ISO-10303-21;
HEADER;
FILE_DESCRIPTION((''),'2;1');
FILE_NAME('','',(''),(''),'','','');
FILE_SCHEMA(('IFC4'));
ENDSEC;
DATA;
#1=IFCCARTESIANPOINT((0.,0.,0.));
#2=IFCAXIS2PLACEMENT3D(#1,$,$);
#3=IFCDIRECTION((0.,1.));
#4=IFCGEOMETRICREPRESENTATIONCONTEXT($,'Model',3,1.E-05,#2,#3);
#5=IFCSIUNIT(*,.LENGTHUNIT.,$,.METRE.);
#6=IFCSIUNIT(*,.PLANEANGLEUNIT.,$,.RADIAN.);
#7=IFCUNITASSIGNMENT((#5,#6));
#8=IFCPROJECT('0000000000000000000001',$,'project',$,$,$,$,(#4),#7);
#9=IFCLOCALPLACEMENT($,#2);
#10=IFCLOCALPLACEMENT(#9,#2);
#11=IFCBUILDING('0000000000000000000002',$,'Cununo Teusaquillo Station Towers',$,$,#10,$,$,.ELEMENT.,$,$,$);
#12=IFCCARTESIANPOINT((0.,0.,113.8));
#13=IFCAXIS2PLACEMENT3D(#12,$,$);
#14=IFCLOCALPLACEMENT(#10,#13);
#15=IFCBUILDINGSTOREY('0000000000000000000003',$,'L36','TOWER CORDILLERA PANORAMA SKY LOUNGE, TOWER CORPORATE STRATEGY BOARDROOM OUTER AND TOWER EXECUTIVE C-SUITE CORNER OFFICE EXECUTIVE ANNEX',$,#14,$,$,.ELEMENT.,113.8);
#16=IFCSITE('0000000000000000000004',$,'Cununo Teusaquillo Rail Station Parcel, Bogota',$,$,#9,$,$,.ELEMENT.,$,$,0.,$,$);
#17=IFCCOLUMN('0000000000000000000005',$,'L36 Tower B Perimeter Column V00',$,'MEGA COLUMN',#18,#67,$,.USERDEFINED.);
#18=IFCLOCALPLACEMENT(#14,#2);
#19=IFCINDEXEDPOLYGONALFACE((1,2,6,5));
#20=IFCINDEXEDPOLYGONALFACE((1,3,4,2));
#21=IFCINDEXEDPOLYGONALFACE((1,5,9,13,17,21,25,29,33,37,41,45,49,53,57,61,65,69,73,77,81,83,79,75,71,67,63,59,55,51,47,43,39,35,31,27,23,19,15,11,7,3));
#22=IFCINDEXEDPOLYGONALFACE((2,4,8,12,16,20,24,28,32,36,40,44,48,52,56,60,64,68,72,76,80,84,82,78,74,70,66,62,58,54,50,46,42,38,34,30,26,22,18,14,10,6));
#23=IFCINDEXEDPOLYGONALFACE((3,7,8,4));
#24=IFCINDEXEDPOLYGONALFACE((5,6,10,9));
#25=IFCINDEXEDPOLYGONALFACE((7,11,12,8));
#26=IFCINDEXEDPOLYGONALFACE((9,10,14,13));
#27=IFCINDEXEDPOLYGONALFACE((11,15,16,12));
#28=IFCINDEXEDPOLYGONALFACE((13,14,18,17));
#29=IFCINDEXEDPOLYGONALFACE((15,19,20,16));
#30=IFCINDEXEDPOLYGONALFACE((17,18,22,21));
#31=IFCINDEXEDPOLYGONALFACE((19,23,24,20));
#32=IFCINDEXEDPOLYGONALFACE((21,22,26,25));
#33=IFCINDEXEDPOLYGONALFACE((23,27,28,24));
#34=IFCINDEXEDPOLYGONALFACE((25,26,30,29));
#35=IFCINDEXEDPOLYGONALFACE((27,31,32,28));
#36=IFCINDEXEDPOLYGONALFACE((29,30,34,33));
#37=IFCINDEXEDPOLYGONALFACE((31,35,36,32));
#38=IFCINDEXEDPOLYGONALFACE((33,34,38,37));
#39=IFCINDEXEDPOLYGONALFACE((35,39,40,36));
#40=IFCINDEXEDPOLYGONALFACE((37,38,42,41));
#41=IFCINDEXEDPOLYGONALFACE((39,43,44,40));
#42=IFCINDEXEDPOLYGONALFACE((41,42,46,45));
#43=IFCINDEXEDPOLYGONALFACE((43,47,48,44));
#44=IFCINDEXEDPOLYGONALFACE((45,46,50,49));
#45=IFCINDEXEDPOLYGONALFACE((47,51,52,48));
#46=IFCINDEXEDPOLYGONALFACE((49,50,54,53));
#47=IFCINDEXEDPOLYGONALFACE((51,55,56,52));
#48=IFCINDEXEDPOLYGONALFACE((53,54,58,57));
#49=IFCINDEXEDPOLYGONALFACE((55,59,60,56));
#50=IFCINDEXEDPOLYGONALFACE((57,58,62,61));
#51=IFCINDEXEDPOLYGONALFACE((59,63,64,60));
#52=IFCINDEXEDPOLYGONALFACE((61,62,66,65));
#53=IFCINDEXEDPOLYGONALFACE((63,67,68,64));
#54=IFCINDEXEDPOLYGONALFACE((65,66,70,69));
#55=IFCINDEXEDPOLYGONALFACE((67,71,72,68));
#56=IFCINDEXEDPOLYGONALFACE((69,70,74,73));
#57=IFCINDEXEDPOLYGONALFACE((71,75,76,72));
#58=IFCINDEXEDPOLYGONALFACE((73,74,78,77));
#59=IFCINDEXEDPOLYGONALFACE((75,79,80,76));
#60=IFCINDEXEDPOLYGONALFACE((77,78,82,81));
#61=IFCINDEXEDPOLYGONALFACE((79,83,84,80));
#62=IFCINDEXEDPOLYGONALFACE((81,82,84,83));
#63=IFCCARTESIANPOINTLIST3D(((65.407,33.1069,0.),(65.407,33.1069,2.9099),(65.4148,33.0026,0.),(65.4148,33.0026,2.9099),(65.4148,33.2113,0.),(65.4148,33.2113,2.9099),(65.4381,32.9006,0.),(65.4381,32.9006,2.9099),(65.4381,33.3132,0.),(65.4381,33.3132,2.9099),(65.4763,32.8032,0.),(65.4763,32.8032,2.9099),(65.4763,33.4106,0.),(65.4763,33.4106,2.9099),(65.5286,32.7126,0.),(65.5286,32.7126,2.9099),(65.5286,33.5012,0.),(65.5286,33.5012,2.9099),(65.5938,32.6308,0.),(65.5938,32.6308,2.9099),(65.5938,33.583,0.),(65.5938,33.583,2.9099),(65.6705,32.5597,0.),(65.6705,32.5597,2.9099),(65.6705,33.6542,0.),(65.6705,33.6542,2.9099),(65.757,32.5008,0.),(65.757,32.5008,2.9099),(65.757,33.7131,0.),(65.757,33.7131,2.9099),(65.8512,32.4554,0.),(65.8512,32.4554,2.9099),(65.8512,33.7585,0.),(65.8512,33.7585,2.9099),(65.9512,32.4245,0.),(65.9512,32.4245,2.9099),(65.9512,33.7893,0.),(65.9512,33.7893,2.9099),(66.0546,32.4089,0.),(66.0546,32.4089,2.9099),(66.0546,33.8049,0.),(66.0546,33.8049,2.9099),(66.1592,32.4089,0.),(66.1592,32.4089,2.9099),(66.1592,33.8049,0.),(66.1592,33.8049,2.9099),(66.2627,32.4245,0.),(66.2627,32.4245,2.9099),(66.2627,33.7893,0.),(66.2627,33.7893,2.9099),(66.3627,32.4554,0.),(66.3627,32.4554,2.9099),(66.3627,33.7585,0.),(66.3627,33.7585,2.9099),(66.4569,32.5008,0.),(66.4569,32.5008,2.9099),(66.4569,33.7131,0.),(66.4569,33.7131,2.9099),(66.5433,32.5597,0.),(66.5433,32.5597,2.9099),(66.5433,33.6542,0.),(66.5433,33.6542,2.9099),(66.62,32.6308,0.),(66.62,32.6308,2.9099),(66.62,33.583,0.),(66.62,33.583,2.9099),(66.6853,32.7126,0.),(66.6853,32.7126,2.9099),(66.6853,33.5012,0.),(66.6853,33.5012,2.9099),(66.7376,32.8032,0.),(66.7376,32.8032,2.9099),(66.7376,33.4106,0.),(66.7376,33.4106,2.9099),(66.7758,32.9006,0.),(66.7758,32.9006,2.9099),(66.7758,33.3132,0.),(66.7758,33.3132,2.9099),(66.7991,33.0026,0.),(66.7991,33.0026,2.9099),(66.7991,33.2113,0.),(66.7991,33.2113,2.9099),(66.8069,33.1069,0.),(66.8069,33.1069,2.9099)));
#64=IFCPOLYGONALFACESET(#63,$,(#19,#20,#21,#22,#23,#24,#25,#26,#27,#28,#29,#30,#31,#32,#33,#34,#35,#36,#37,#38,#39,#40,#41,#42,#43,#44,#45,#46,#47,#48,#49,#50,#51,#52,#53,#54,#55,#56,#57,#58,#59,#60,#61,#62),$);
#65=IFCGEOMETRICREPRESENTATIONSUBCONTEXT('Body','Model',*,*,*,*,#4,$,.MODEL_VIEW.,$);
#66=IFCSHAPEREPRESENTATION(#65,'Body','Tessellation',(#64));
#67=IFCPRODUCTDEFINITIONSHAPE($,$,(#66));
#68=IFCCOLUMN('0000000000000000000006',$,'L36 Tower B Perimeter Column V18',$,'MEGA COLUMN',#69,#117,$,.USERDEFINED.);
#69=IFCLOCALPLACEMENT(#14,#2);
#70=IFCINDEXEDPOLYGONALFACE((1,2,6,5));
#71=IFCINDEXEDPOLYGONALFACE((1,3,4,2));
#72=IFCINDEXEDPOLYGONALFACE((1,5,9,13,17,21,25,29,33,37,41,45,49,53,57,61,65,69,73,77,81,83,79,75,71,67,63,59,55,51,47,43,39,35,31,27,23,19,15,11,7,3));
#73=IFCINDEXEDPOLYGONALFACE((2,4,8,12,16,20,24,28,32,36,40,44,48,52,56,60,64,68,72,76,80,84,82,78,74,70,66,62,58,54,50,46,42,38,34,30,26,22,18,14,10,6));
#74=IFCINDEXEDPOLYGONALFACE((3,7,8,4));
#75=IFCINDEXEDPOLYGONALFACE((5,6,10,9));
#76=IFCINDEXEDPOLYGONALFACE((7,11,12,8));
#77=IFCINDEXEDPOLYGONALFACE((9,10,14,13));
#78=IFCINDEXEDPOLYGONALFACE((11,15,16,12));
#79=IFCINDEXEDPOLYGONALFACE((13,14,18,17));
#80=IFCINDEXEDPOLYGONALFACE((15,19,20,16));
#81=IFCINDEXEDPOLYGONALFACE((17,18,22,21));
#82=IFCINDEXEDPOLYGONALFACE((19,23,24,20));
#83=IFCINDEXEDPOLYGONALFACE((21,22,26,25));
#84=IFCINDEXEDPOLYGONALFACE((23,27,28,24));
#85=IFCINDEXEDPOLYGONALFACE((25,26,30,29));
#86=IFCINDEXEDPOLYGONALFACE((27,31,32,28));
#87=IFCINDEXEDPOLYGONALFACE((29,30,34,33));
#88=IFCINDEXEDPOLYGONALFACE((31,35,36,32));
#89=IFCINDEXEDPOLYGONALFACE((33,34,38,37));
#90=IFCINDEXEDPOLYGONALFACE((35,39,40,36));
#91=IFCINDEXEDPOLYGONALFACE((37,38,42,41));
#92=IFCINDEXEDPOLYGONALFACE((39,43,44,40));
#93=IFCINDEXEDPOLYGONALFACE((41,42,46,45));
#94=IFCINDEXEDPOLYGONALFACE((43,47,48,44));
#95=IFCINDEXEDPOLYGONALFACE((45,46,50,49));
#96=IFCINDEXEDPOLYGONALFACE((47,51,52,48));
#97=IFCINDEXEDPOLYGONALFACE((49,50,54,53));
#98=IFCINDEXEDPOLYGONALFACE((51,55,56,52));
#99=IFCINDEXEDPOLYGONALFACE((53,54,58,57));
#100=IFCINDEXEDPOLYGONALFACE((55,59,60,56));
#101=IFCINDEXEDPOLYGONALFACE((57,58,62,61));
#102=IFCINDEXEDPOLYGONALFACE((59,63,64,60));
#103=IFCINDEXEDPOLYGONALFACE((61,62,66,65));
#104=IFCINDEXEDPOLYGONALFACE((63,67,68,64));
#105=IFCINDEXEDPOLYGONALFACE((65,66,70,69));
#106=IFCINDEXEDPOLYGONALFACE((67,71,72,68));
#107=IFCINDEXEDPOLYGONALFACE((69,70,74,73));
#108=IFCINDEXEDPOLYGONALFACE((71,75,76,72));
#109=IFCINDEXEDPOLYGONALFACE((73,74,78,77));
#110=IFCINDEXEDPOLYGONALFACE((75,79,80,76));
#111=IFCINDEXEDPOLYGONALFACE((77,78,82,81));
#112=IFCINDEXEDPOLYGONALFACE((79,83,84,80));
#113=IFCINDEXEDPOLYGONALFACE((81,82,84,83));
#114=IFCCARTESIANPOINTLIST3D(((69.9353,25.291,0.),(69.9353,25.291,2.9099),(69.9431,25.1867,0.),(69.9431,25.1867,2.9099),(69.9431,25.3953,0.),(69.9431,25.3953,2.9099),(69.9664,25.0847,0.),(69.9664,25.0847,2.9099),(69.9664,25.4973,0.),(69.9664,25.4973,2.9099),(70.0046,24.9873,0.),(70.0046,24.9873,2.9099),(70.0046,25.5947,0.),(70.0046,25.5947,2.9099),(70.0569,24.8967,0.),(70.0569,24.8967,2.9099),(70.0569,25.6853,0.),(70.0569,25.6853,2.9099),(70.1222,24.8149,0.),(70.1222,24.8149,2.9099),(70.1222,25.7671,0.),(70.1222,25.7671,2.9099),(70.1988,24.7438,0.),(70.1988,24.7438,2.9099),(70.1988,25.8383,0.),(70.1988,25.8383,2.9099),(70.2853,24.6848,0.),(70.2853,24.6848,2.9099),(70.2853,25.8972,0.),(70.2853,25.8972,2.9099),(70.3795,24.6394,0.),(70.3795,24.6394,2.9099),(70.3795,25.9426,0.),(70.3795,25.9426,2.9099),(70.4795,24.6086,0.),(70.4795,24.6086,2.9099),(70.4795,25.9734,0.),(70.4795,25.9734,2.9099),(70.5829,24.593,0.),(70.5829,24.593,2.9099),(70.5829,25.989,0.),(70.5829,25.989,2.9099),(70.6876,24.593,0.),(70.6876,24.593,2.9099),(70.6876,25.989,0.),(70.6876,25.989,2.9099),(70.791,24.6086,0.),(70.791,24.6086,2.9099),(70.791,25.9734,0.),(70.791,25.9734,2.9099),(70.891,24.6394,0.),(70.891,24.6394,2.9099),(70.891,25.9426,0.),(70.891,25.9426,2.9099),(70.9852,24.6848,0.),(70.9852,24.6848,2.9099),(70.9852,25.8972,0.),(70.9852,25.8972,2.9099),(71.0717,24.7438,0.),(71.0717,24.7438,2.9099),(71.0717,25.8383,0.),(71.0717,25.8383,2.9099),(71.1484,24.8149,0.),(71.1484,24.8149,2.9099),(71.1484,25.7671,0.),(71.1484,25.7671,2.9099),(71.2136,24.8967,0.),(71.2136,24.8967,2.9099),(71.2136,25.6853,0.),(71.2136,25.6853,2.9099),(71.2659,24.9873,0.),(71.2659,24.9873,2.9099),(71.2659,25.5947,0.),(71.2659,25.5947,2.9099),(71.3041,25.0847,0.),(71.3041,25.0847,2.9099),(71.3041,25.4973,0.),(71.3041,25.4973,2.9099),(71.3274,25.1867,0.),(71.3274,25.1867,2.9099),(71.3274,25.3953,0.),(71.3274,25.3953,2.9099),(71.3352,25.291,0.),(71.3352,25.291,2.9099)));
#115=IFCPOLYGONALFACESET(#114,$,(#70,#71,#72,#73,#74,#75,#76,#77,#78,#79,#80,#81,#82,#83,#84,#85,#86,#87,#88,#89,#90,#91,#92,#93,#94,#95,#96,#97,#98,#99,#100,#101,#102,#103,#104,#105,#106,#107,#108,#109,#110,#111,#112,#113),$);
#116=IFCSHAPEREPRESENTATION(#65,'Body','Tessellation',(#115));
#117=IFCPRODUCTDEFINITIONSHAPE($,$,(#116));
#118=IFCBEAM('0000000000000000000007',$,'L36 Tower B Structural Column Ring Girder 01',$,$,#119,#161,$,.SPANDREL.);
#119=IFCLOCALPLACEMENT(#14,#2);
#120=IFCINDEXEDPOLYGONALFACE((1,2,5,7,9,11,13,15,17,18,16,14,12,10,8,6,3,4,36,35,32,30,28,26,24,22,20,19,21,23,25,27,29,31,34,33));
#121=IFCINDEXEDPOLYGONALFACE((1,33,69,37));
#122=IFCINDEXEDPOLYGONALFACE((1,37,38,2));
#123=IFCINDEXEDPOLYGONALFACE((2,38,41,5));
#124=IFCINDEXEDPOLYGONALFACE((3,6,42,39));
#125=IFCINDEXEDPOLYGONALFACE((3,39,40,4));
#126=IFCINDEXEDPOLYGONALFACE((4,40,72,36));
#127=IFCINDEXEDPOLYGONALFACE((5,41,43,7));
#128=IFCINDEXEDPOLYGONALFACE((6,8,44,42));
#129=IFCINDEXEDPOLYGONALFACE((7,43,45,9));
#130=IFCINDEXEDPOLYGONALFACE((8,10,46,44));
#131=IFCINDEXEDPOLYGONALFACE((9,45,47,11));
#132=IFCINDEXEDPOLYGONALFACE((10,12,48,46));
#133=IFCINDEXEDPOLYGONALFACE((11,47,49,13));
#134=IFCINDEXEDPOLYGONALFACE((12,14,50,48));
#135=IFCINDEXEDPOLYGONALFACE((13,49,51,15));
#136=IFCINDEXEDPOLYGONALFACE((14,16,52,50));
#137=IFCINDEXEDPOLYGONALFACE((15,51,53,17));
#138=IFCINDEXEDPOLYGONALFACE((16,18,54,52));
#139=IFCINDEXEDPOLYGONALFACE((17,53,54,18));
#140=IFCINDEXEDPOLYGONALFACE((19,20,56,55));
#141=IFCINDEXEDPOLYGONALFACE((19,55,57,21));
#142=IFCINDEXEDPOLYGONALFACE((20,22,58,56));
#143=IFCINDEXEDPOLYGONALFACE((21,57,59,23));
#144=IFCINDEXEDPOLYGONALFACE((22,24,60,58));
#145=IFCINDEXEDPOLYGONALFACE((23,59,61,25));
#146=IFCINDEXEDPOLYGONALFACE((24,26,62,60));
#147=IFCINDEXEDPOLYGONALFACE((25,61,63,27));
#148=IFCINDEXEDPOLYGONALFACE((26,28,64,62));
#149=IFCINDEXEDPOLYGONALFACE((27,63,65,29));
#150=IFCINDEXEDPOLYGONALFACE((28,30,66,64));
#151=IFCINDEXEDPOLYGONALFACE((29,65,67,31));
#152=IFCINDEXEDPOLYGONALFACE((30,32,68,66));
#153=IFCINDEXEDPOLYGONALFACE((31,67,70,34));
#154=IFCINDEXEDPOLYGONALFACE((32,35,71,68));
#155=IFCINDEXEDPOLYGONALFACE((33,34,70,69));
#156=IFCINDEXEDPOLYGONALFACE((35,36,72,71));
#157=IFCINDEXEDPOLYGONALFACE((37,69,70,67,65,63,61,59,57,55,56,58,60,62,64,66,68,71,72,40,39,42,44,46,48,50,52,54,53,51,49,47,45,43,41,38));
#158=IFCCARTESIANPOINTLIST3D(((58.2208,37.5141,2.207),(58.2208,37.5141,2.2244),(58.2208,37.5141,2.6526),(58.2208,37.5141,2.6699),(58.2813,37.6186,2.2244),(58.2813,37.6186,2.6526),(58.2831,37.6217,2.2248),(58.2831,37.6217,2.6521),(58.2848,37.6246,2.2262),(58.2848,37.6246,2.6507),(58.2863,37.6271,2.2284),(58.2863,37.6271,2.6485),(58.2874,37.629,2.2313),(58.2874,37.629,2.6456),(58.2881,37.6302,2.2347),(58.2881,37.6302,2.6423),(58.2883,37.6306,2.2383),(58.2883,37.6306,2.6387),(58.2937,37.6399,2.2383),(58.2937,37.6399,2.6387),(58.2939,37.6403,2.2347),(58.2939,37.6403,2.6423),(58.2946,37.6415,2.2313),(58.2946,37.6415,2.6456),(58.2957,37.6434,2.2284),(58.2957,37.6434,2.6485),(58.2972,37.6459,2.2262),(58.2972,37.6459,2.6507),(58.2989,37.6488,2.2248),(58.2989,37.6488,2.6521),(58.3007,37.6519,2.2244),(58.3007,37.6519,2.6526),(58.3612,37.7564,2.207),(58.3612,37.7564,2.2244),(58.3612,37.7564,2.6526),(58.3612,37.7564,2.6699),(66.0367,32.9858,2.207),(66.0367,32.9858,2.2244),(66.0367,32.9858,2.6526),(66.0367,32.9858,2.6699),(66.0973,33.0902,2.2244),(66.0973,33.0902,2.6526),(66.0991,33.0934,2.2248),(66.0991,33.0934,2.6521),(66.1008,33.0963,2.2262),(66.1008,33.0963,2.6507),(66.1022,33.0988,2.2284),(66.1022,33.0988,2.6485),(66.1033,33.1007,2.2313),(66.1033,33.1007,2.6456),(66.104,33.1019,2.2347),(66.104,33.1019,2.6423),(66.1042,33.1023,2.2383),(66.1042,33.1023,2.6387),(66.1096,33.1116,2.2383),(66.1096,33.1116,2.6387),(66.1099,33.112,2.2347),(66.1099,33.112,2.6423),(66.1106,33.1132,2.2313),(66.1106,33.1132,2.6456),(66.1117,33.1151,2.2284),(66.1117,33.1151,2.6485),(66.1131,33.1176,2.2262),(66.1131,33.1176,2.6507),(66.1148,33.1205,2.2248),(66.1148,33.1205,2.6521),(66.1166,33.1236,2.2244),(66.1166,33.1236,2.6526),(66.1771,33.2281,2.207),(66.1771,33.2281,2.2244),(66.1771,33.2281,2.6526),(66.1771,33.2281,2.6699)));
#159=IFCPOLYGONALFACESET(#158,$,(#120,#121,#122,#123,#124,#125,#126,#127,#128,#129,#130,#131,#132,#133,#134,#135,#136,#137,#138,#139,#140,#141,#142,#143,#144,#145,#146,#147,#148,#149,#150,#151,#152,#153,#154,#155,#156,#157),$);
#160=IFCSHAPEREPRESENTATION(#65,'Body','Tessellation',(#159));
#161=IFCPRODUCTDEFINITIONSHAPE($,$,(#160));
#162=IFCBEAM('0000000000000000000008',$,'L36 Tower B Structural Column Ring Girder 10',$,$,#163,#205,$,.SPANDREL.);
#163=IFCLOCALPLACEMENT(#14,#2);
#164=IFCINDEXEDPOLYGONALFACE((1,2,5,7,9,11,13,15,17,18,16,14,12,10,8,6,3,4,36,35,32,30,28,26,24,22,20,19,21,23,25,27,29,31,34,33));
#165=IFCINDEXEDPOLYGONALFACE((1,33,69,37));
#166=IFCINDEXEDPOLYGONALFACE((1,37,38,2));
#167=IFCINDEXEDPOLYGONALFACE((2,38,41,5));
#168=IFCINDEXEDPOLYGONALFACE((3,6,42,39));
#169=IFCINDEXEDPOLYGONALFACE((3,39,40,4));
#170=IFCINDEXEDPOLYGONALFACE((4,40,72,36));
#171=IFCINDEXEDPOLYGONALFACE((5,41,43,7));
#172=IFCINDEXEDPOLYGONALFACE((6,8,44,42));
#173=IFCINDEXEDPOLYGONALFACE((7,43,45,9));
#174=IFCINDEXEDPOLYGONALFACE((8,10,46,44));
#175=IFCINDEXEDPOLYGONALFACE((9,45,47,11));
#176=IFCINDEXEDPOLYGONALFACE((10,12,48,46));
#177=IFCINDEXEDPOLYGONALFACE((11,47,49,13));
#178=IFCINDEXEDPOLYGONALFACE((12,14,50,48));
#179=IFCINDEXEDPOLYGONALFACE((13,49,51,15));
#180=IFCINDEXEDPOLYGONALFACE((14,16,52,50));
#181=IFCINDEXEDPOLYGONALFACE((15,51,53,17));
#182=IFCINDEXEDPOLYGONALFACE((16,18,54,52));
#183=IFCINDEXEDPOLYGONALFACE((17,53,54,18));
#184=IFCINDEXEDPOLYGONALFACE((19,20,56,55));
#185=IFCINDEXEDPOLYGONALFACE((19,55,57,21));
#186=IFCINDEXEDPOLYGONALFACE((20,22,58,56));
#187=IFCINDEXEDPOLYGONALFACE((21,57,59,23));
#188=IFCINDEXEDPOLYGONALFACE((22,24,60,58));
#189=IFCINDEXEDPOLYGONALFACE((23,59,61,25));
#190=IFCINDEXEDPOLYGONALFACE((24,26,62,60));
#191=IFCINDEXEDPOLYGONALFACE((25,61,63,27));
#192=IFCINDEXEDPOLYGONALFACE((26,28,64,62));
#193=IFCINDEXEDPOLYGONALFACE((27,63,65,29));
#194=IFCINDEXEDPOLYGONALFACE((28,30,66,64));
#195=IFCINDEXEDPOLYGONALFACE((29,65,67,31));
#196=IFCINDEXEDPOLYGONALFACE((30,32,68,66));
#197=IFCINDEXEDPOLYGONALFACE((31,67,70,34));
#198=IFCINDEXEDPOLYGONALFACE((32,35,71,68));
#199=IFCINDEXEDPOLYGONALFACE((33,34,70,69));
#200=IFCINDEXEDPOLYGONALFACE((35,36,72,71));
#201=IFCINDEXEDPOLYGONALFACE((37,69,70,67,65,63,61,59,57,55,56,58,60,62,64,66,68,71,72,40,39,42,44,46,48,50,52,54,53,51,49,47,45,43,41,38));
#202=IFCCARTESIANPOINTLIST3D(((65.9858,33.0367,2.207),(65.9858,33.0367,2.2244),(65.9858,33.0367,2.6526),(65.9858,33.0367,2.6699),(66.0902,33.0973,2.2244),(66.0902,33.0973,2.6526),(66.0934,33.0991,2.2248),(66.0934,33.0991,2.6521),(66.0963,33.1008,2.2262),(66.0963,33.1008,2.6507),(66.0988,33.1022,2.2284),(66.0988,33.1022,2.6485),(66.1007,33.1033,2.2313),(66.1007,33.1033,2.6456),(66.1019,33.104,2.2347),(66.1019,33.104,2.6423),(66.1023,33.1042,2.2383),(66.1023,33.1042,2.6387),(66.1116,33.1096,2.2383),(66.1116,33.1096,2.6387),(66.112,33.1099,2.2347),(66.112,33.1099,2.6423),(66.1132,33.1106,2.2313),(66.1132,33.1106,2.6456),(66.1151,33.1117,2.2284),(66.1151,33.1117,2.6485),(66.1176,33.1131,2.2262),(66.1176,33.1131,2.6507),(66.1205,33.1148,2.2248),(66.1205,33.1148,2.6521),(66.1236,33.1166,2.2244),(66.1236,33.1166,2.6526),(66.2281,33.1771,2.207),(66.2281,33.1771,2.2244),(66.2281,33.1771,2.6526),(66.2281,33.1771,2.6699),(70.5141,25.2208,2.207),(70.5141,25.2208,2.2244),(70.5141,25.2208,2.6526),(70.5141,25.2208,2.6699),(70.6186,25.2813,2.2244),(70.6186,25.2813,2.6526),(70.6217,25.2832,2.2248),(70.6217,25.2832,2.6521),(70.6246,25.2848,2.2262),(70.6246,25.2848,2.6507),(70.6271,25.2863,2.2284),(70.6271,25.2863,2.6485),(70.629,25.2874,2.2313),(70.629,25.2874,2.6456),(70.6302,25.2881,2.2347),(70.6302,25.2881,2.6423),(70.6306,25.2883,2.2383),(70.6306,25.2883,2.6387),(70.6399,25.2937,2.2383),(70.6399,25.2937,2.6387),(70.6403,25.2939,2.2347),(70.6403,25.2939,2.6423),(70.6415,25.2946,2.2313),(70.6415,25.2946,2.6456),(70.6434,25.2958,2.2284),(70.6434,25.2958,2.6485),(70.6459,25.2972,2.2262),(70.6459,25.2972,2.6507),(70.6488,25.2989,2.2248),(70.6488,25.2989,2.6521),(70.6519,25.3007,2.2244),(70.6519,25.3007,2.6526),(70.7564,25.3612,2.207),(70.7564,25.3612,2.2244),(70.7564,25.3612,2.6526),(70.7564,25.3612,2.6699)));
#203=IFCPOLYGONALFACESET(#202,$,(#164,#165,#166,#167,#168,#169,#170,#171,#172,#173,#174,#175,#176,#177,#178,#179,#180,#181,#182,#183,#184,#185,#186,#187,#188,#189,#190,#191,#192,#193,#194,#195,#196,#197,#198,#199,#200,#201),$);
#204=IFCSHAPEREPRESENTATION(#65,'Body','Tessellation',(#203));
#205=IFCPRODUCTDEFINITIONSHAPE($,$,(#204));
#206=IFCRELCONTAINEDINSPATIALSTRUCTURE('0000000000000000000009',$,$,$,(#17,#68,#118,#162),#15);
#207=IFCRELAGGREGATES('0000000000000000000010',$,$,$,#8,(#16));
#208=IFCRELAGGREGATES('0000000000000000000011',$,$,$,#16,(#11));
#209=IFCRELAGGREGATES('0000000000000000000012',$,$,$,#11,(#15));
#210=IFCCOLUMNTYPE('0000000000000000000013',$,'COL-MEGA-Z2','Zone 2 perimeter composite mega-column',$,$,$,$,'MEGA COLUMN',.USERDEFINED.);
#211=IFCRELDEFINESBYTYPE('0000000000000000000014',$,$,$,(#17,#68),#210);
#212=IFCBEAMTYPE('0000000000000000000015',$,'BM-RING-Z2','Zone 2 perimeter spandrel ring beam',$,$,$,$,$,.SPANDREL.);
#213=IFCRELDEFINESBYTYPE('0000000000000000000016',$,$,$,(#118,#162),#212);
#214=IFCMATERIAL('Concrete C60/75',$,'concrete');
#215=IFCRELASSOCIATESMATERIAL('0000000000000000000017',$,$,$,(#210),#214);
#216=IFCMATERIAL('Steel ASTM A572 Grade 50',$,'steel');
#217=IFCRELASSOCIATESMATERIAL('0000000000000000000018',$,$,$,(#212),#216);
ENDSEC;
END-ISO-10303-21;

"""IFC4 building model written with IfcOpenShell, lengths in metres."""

from ifc_helpers import new_model, si_unit, direction, frame, origin, origin_2d, place, context, subcontext, project, spatial, circle, i_section, extrude, material, material_profile, profile_set, type_object, element, save


model = new_model("IFC4")

# Units and contexts
model_context = context("Model", 3, precision=1e-05, world=origin(), true_north=direction((0.0, 1.0)))
body_context = subcontext(model_context, "Body", "Model", "MODEL_VIEW")
ifc_project = project(units=[si_unit("LENGTHUNIT", "METRE"), si_unit("PLANEANGLEUNIT", "RADIAN")], contexts=[model_context])

# Site, building, storey
site_placement = place(None, origin())
site = spatial("IfcSite", under=ifc_project, at=site_placement, Name="Cununo Teusaquillo Rail Station Parcel, Bogota", CompositionType="ELEMENT", RefElevation=0.0)
building_placement = place(site_placement, origin())
building = spatial("IfcBuilding", under=site, at=building_placement, Name="Cununo Teusaquillo Station Towers", CompositionType="ELEMENT")
storey_placement = place(building_placement, frame((0.0, 0.0, 113.8)))
storey = spatial("IfcBuildingStorey", under=building, at=storey_placement, Name="L36", Description="TOWER CORDILLERA PANORAMA SKY LOUNGE, TOWER CORPORATE STRATEGY BOARDROOM OUTER AND TOWER EXECUTIVE C-SUITE CORNER OFFICE EXECUTIVE ANNEX", CompositionType="ELEMENT", Elevation=113.8)

# Columns
ifc_material_1 = material(Name="Concrete C60/75", Category="concrete")
ifc_material_profile_1 = material_profile(ifc_material_1, circle(Radius=0.7, at=origin_2d()), Name="RC-CIRC-1400")
ifc_profile_set_1 = profile_set([ifc_material_profile_1], Name="Concrete C60/75")
column_type = type_object("IfcColumnType", Name="COL-MEGA-Z2", Description="Zone 2 perimeter composite mega-column", ElementType="MEGA COLUMN", PredefinedType="USERDEFINED", material=ifc_profile_set_1)
for number, where, z_axis, x_axis, name in (
    (1, (66.1069, 33.1069, 0.0), (0.0, 0.0, 1.0), (1.0, 0.0, 0.0), "L36 Tower B Perimeter Column V00"),
    (2, (70.6353, 25.291, 0.0), (0.0, 0.0, 1.0), (1.0, 0.0, 0.0), "L36 Tower B Perimeter Column V18"),
):
    element("IfcColumn", number, at=place(storey_placement, frame(where, z_axis=z_axis, x_axis=x_axis)), inside=storey, type_object=column_type, Name=name, ObjectType="MEGA COLUMN", PredefinedType="USERDEFINED", context=body_context, shape_type="SweptSolid", body=[
        extrude(circle(Radius=0.7, at=origin_2d()), origin(), (0.0, 0.0, 1.0), 2.9099),
    ])

# Beams
ifc_material_2 = material(Name="Steel ASTM A572 Grade 50", Category="steel")
ifc_material_profile_2 = material_profile(ifc_material_2, i_section(OverallWidth=0.28, OverallDepth=0.4629, WebThickness=0.0107, FlangeThickness=0.0173, FilletRadius=0.0139, at=origin_2d()), Name="W18X76")
ifc_profile_set_2 = profile_set([ifc_material_profile_2], Name="Steel ASTM A572 Grade 50")
beam_type = type_object("IfcBeamType", Name="BM-RING-Z2", Description="Zone 2 perimeter spandrel ring beam", PredefinedType="SPANDREL", material=ifc_profile_set_2)
for number, where, z_axis, x_axis, name in (
    (3, (66.1069, 33.1069, 2.4385), (-0.865267, 0.501311, 0.0), (-0.501311, -0.865267, 0.0), "L36 Tower B Structural Column Ring Girder 01"),
    (4, (70.6353, 25.291, 2.4385), (-0.501311, 0.865267, 0.0), (-0.865267, -0.501311, 0.0), "L36 Tower B Structural Column Ring Girder 10"),
):
    element("IfcBeam", number, at=place(storey_placement, frame(where, z_axis=z_axis, x_axis=x_axis)), inside=storey, type_object=beam_type, Name=name, PredefinedType="SPANDREL", context=body_context, shape_type="SweptSolid", body=[
        extrude(i_section(OverallWidth=0.28, OverallDepth=0.4629, WebThickness=0.0107, FlangeThickness=0.0173, FilletRadius=0.0139, at=origin_2d()), origin(), (0.0, 0.0, 1.0), 9.033),
    ])

save(model, "model.ifc")
